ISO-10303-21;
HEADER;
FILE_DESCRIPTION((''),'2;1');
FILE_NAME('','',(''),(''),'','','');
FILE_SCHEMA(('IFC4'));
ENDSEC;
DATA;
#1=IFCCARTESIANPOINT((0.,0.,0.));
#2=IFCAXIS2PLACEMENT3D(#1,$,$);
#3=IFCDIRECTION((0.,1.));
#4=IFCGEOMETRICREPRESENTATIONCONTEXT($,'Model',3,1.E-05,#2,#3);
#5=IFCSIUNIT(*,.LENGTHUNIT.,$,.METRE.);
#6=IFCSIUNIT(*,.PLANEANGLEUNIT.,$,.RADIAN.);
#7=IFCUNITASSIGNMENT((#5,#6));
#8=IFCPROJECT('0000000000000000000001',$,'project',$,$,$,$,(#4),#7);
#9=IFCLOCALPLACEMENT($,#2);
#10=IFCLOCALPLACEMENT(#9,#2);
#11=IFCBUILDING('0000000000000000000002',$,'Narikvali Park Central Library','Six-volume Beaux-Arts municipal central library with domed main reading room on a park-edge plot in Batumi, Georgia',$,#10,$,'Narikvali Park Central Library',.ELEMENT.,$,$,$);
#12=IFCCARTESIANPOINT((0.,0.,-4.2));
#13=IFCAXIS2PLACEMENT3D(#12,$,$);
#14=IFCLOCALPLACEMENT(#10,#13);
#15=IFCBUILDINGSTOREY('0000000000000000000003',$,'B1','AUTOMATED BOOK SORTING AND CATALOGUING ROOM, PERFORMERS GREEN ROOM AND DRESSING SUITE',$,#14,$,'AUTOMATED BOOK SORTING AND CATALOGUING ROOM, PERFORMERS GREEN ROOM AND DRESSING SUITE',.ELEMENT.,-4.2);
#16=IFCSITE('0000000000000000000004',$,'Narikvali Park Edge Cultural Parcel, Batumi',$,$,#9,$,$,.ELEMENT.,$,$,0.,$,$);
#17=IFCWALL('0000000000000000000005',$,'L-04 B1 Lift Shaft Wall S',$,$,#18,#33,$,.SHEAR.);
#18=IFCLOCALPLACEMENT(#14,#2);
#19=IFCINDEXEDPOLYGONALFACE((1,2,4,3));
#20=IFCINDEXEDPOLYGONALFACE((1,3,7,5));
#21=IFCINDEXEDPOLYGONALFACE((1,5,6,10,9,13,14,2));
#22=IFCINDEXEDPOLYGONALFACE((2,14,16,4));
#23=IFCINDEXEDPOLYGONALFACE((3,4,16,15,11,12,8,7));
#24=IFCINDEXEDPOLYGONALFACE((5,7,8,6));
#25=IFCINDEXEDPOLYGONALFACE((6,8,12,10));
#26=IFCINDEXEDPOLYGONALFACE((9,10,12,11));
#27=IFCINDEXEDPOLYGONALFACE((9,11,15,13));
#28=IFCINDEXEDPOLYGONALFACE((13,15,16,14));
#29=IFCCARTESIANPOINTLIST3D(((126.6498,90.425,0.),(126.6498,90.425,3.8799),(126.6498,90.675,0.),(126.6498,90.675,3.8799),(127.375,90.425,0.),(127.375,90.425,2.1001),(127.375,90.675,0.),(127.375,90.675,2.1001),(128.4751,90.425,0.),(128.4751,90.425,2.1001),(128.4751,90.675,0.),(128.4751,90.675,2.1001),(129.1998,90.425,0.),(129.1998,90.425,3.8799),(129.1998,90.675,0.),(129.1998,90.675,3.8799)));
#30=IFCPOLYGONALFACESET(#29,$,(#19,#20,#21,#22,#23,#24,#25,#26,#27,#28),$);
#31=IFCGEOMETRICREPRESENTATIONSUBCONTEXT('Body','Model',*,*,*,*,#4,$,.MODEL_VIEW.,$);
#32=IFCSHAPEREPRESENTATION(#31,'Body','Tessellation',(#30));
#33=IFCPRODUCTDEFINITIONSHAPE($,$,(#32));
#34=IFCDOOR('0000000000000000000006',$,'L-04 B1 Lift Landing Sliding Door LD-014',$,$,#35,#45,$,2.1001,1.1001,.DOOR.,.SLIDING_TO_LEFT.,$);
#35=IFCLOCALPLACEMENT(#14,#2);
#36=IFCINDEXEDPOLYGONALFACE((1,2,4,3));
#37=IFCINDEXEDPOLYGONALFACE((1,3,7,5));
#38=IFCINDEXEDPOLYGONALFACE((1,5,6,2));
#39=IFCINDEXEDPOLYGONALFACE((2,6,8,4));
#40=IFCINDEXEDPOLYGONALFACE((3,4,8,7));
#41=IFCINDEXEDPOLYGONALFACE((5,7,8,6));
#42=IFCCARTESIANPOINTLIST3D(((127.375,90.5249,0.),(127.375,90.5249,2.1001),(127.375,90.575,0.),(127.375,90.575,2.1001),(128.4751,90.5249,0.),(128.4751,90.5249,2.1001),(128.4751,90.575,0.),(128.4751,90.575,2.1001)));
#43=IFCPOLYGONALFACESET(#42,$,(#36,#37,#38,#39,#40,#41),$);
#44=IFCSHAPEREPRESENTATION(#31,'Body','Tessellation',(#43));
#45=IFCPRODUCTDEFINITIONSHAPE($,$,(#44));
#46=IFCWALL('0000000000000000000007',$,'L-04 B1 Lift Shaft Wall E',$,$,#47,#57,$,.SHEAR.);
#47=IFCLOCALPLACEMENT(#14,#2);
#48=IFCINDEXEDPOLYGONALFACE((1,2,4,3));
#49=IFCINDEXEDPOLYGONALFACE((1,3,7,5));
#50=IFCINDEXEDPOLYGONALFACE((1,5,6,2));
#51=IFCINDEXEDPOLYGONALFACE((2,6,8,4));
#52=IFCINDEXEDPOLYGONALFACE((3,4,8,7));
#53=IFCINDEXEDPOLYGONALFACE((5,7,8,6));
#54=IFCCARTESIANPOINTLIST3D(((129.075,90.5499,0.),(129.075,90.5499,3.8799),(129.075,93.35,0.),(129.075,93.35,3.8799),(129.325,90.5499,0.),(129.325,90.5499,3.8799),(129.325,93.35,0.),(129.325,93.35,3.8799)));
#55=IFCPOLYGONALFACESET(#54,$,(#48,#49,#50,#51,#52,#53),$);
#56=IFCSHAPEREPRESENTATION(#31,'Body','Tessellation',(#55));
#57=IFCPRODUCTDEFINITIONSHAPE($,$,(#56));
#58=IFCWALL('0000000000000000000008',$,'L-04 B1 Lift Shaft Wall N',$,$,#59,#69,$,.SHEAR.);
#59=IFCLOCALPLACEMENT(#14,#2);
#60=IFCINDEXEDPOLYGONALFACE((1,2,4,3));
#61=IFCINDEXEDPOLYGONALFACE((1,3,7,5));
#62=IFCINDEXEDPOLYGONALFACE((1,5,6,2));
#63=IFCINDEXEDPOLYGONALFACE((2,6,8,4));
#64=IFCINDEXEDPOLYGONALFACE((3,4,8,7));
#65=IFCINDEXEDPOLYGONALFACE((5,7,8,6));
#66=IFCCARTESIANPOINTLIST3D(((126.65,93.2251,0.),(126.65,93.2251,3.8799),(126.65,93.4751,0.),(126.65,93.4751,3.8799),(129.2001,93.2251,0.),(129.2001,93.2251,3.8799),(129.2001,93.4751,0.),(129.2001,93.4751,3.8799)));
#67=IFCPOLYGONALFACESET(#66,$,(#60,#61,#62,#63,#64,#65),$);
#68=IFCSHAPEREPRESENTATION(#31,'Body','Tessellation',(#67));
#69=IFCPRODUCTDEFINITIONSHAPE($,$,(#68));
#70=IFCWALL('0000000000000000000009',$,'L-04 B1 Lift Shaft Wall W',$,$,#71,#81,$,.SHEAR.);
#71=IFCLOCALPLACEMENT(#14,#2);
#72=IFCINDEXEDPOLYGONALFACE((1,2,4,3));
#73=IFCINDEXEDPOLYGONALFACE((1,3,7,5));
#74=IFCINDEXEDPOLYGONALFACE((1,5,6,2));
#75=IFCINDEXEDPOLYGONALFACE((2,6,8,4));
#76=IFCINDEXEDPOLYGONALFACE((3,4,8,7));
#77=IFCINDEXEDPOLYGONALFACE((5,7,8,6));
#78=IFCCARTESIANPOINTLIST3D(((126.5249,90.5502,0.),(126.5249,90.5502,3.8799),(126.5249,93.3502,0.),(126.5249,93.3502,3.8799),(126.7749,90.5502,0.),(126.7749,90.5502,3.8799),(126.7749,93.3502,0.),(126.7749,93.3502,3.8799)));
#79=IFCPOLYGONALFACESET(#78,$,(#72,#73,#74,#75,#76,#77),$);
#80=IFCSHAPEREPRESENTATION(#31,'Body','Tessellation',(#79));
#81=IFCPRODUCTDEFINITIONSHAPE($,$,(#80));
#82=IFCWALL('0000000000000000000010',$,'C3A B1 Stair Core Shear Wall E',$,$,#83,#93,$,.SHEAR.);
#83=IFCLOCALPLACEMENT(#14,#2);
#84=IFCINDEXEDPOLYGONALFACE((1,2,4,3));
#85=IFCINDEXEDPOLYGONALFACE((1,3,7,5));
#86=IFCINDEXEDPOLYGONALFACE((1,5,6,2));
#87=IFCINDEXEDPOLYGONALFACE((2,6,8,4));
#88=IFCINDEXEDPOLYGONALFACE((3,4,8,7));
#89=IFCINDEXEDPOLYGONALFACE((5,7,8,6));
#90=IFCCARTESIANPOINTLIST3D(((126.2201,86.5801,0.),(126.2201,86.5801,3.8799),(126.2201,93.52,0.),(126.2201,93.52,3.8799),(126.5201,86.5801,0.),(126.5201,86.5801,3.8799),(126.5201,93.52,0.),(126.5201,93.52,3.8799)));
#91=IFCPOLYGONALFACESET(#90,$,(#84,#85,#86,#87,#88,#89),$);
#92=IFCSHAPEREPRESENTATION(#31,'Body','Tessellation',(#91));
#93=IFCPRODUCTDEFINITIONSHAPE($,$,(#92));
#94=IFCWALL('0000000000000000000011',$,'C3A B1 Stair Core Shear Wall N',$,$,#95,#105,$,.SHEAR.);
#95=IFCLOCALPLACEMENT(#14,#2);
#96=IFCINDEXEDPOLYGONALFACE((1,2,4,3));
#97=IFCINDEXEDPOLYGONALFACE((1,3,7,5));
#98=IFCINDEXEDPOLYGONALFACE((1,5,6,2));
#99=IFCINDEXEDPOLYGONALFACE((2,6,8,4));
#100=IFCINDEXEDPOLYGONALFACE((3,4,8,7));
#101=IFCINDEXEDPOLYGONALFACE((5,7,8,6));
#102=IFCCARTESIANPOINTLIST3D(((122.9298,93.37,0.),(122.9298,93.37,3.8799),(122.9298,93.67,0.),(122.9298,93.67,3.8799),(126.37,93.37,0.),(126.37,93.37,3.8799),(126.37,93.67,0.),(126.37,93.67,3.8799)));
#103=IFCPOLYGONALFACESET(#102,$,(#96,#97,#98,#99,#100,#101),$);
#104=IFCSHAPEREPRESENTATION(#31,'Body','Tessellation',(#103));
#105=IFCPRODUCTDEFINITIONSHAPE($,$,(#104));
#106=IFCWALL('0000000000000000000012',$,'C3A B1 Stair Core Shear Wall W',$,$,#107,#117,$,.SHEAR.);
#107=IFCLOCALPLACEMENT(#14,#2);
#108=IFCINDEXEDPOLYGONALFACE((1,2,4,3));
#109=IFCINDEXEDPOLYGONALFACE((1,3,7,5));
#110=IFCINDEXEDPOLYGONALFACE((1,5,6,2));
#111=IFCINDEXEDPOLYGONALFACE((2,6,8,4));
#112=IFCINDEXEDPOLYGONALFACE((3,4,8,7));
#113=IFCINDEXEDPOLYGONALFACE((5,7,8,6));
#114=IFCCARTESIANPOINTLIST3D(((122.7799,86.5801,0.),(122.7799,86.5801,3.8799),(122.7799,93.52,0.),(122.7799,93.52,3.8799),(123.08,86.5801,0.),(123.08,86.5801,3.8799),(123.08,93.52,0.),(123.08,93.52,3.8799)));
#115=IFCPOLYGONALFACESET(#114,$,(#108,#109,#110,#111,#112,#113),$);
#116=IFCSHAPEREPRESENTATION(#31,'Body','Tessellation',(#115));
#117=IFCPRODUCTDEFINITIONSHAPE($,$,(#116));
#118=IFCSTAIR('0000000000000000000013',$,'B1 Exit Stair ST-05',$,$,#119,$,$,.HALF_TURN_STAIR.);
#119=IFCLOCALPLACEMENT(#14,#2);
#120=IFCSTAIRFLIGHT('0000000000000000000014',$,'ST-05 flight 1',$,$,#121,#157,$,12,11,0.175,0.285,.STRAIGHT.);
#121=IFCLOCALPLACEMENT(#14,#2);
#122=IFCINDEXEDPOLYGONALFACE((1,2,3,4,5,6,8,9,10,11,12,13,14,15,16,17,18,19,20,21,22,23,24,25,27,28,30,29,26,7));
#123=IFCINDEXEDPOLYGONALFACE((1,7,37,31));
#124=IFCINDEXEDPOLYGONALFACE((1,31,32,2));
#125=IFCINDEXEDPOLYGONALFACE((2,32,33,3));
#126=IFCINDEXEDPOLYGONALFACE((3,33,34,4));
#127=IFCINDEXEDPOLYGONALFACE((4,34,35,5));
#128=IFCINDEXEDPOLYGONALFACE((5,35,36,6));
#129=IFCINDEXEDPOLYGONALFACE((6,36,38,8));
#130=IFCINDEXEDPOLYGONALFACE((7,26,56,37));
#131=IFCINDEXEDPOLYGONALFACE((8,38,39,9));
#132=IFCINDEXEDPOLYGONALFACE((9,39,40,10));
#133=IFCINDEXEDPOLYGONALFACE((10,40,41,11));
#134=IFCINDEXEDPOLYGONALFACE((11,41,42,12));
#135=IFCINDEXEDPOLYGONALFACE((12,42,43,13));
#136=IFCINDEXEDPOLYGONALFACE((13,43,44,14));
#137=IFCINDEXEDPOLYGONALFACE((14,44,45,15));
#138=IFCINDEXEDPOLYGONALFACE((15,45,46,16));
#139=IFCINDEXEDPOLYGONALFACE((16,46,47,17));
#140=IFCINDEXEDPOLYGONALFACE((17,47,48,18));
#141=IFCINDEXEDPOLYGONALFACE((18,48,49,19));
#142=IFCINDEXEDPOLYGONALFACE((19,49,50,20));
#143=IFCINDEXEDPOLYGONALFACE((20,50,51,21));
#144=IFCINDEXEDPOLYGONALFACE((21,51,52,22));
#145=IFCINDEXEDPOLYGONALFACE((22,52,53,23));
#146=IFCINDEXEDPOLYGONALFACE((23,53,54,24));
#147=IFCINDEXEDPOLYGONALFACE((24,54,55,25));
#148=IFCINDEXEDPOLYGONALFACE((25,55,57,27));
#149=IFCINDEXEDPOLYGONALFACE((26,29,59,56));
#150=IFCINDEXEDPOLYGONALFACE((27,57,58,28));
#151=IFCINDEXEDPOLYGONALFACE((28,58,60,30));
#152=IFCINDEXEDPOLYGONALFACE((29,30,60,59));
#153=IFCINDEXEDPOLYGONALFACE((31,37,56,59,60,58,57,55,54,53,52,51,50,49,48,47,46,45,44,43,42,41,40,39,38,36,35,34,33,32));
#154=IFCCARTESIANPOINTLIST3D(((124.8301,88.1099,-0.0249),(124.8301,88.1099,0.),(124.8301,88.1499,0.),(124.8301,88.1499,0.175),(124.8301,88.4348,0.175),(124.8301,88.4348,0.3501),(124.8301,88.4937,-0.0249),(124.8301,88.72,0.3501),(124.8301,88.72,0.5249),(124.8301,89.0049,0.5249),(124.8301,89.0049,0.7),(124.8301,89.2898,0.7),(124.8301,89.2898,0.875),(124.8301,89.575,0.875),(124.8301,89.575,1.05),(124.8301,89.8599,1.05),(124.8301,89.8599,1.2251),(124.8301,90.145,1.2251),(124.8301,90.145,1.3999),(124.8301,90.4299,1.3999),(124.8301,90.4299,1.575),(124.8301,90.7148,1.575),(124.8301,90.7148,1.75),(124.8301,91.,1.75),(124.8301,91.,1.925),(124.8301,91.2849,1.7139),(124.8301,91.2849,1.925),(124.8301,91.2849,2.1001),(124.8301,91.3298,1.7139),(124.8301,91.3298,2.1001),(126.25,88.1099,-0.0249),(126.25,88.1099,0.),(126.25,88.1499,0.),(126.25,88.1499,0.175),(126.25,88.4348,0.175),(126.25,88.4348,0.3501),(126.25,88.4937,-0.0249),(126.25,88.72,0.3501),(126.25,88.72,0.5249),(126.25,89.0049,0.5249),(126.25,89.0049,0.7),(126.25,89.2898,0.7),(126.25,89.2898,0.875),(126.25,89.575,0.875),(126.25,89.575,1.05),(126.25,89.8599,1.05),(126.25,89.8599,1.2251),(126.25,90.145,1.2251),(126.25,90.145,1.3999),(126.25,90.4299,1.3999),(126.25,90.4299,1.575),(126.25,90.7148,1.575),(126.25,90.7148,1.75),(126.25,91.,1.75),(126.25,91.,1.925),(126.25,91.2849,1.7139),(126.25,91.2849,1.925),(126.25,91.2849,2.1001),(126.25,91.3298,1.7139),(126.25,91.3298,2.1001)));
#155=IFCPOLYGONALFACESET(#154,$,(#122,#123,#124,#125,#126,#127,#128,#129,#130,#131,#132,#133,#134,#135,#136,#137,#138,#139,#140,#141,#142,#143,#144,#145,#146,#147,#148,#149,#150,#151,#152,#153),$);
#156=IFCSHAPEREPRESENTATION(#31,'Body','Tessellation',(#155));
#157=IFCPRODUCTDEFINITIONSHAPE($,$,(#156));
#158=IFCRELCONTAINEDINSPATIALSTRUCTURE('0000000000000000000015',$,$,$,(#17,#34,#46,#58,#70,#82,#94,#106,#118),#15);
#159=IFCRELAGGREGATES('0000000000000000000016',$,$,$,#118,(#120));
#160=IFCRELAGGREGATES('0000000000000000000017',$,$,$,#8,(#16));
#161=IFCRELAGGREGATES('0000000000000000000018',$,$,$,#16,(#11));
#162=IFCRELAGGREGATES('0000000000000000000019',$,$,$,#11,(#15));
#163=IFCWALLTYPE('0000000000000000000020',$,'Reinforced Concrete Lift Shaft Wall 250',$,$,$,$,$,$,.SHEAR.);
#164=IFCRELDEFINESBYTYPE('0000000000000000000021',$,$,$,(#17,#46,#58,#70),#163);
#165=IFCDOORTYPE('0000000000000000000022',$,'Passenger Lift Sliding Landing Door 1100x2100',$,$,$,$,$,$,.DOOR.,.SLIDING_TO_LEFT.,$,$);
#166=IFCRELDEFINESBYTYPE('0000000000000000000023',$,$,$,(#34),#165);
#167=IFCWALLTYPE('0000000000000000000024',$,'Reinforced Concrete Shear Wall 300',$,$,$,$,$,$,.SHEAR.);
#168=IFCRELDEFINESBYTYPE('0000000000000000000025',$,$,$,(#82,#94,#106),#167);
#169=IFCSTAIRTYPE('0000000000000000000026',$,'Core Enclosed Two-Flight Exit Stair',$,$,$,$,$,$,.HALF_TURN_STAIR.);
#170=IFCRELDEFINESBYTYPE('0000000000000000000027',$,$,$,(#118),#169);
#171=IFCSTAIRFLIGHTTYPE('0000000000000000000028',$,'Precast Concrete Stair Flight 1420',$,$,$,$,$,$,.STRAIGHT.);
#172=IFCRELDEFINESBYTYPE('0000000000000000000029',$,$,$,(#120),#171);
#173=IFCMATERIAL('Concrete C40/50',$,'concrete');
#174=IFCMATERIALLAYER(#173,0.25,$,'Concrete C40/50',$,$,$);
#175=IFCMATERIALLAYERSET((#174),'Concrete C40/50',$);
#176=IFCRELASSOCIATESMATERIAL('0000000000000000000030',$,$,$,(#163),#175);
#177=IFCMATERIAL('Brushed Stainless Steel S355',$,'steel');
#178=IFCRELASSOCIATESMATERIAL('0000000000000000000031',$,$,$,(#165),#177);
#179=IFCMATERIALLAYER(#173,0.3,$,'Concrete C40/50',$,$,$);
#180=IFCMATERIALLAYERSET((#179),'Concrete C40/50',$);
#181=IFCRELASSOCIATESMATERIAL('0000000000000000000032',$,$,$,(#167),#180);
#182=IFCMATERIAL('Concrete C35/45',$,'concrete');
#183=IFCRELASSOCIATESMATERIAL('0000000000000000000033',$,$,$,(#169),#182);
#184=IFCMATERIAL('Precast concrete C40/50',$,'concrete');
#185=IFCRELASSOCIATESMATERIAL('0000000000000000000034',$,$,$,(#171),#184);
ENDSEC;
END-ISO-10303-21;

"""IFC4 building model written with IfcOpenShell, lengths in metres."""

from ifc_helpers import new_model, si_unit, direction, frame, frame_2d, origin, place, context, subcontext, project, spatial, polyline, rectangle, outline, extrude, material, layer, layer_set, type_object, element, fill, aggregate, save


model = new_model("IFC4")

# Units and contexts
model_context = context("Model", 3, precision=1e-05, world=origin(), true_north=direction((0.0, 1.0)))
body_context = subcontext(model_context, "Body", "Model", "MODEL_VIEW")
ifc_project = project(units=[si_unit("LENGTHUNIT", "METRE"), si_unit("PLANEANGLEUNIT", "RADIAN")], contexts=[model_context])

# Site, building, storey
site_placement = place(None, origin())
site = spatial("IfcSite", under=ifc_project, at=site_placement, Name="Narikvali Park Edge Cultural Parcel, Batumi", CompositionType="ELEMENT", RefElevation=0.0)
building_placement = place(site_placement, origin())
building = spatial("IfcBuilding", under=site, at=building_placement, Name="Narikvali Park Central Library", Description="Six-volume Beaux-Arts municipal central library with domed main reading room on a park-edge plot in Batumi, Georgia", LongName="Narikvali Park Central Library", CompositionType="ELEMENT")
storey_placement = place(building_placement, frame((0.0, 0.0, -4.2)))
storey = spatial("IfcBuildingStorey", under=building, at=storey_placement, Name="B1", Description="AUTOMATED BOOK SORTING AND CATALOGUING ROOM, PERFORMERS GREEN ROOM AND DRESSING SUITE", LongName="AUTOMATED BOOK SORTING AND CATALOGUING ROOM, PERFORMERS GREEN ROOM AND DRESSING SUITE", CompositionType="ELEMENT", Elevation=-4.2)

# Shared definitions
ifc_material_1 = material(Name="Concrete C35/45", Category="concrete")

# Wall, opening, door
ifc_material_2 = material(Name="Concrete C40/50", Category="concrete")
ifc_layer_1 = layer(ifc_material_2, 0.25, Name="Concrete C40/50")
ifc_layer_set_1 = layer_set([ifc_layer_1], Name="Concrete C40/50")
wall_type_1 = type_object("IfcWallType", Name="Reinforced Concrete Lift Shaft Wall 250", PredefinedType="SHEAR", material=ifc_layer_set_1)
wall_1_placement = place(storey_placement, frame((126.6499, 90.55, 0.0), z_axis=(0.0, 0.0, 1.0), x_axis=(1.0, 0.0, 0.0)))
wall_1 = element("IfcWall", 1, at=wall_1_placement, inside=storey, type_object=wall_type_1, Name="L-04 B1 Lift Shaft Wall S", PredefinedType="SHEAR", context=body_context, shape_type="SweptSolid", body=[
    extrude(rectangle(XDim=2.55, YDim=0.25, at=frame_2d((1.2749, 0.0))), origin(), (0.0, 0.0, 1.0), 3.8799),
])
opening_1_placement = place(wall_1_placement, frame((0.7251, 0.0, 0.0)))
opening_1 = element("IfcOpeningElement", 2, at=opening_1_placement, cuts=wall_1, PredefinedType="OPENING", context=body_context, shape_type="SweptSolid", body=[
    extrude(rectangle(XDim=1.1001, YDim=2.1001, at=frame_2d((0.55, 1.05))), frame((0.0, 0.137, 0.0), z_axis=(0.0, -1.0, 0.0), x_axis=(1.0, 0.0, 0.0)), (0.0, 0.0, 1.0), 0.2739),
])
ifc_material_3 = material(Name="Brushed Stainless Steel S355", Category="steel")
door_type_1 = type_object("IfcDoorType", Name="Passenger Lift Sliding Landing Door 1100x2100", OperationType="SLIDING_TO_LEFT", PredefinedType="DOOR", material=ifc_material_3)
door_1_placement = place(opening_1_placement, origin())
door_1 = element("IfcDoor", 3, at=door_1_placement, inside=storey, type_object=door_type_1, Name="L-04 B1 Lift Landing Sliding Door LD-014", OperationType="SLIDING_TO_LEFT", OverallHeight=2.1001, OverallWidth=1.1001, PredefinedType="DOOR", context=body_context, shape_type="SweptSolid", body=[
    extrude(rectangle(XDim=1.1001, YDim=2.1001, at=frame_2d((0.55, 1.05))), frame((0.0, 0.0249, 0.0), z_axis=(0.0, -1.0, 0.0), x_axis=(1.0, 0.0, 0.0)), (0.0, 0.0, 1.0), 0.05),
])
fill(opening_1, door_1)

# Walls
wall_2_placement = place(storey_placement, frame((129.2, 90.55, 0.0), z_axis=(0.0, 0.0, 1.0), x_axis=(0.0, 1.0, 0.0)))
element("IfcWall", 4, at=wall_2_placement, inside=storey, type_object=wall_type_1, Name="L-04 B1 Lift Shaft Wall E", PredefinedType="SHEAR", context=body_context, shape_type="SweptSolid", body=[
    extrude(rectangle(XDim=2.8, YDim=0.25, at=frame_2d((1.3999, 0.0))), origin(), (0.0, 0.0, 1.0), 3.8799),
])
wall_3_placement = place(storey_placement, frame((129.2, 93.3501, 0.0), z_axis=(0.0, 0.0, 1.0), x_axis=(-1.0, 0.0, 0.0)))
element("IfcWall", 5, at=wall_3_placement, inside=storey, type_object=wall_type_1, Name="L-04 B1 Lift Shaft Wall N", PredefinedType="SHEAR", context=body_context, shape_type="SweptSolid", body=[
    extrude(rectangle(XDim=2.55, YDim=0.25, at=frame_2d((1.2749, 0.0))), origin(), (0.0, 0.0, 1.0), 3.8799),
])
wall_4_placement = place(storey_placement, frame((126.6499, 93.3501, 0.0), z_axis=(0.0, 0.0, 1.0), x_axis=(0.0, -1.0, 0.0)))
element("IfcWall", 6, at=wall_4_placement, inside=storey, type_object=wall_type_1, Name="L-04 B1 Lift Shaft Wall W", PredefinedType="SHEAR", context=body_context, shape_type="SweptSolid", body=[
    extrude(rectangle(XDim=2.8, YDim=0.25, at=frame_2d((1.3999, 0.0))), origin(), (0.0, 0.0, 1.0), 3.8799),
])

# Shared definitions
ifc_layer_2 = layer(ifc_material_2, 0.3, Name="Concrete C40/50")
ifc_layer_set_2 = layer_set([ifc_layer_2], Name="Concrete C40/50")
wall_type_2 = type_object("IfcWallType", Name="Reinforced Concrete Shear Wall 300", PredefinedType="SHEAR", material=ifc_layer_set_2)

# Walls
wall_5_placement = place(storey_placement, frame((126.3701, 86.5801, 0.0), z_axis=(0.0, 0.0, 1.0), x_axis=(0.0, 1.0, 0.0)))
element("IfcWall", 7, at=wall_5_placement, inside=storey, type_object=wall_type_2, Name="C3A B1 Stair Core Shear Wall E", PredefinedType="SHEAR", context=body_context, shape_type="SweptSolid", body=[
    extrude(rectangle(XDim=6.9399, YDim=0.3, at=frame_2d((3.47, 0.0))), origin(), (0.0, 0.0, 1.0), 3.8799),
])
wall_6_placement = place(storey_placement, frame((126.3701, 93.52, 0.0), z_axis=(0.0, 0.0, 1.0), x_axis=(-1.0, 0.0, 0.0)))
element("IfcWall", 8, at=wall_6_placement, inside=storey, type_object=wall_type_2, Name="C3A B1 Stair Core Shear Wall N", PredefinedType="SHEAR", context=body_context, shape_type="SweptSolid", body=[
    extrude(rectangle(XDim=3.4402, YDim=0.3, at=frame_2d((1.7202, 0.0))), origin(), (0.0, 0.0, 1.0), 3.8799),
])
wall_7_placement = place(storey_placement, frame((122.9299, 93.52, 0.0), z_axis=(0.0, 0.0, 1.0), x_axis=(0.0, -1.0, 0.0)))
element("IfcWall", 9, at=wall_7_placement, inside=storey, type_object=wall_type_2, Name="C3A B1 Stair Core Shear Wall W", PredefinedType="SHEAR", context=body_context, shape_type="SweptSolid", body=[
    extrude(rectangle(XDim=6.9399, YDim=0.3, at=frame_2d((3.47, 0.0))), origin(), (0.0, 0.0, 1.0), 3.8799),
])

# Stair, stair flight
stair_type = type_object("IfcStairType", Name="Core Enclosed Two-Flight Exit Stair", PredefinedType="HALF_TURN_STAIR", material=ifc_material_1)
stair_placement = place(storey_placement, origin())
stair = element("IfcStair", 10, at=stair_placement, inside=storey, type_object=stair_type, Name="B1 Exit Stair ST-05", PredefinedType="HALF_TURN_STAIR")
ifc_material_4 = material(Name="Precast concrete C40/50", Category="concrete")
stair_flight_type = type_object("IfcStairFlightType", Name="Precast Concrete Stair Flight 1420", PredefinedType="STRAIGHT", material=ifc_material_4)
stair_flight_1_placement = place(storey_placement, frame((125.54, 88.1499, 0.0), z_axis=(0.0, 0.0, 1.0), x_axis=(0.0, 1.0, 0.0)))
stair_flight_1 = element("IfcStairFlight", 11, at=stair_flight_1_placement, type_object=stair_flight_type, Name="ST-05 flight 1", NumberOfRisers=12, NumberOfTreads=11, PredefinedType="STRAIGHT", RiserHeight=0.175, TreadLength=0.285, context=body_context, shape_type="SweptSolid", body=[
    extrude(outline(polyline([(-0.04, -0.0249), (-0.04, 0.0), (0.0, 0.0), (0.0, 0.175), (0.2849, 0.175), (0.2849, 0.3501), (0.5701, 0.3501), (0.5701, 0.5249), (0.855, 0.5249), (0.855, 0.7), (1.1399, 0.7), (1.1399, 0.875), (1.425, 0.875), (1.425, 1.05), (1.71, 1.05), (1.71, 1.2251), (1.9951, 1.2251), (1.9951, 1.3999), (2.28, 1.3999), (2.28, 1.575), (2.5649, 1.575), (2.5649, 1.75), (2.8501, 1.75), (2.8501, 1.925), (3.135, 1.925), (3.135, 2.1001), (3.1799, 2.1001), (3.1799, 1.7139), (3.135, 1.7139), (0.3438, -0.0249), (-0.04, -0.0249)])), frame((0.0, 0.71, 0.0), z_axis=(0.0, -1.0, 0.0), x_axis=(1.0, 0.0, 0.0)), (0.0, 0.0, 1.0), 1.4199),
])
aggregate(stair, [stair_flight_1])

save(model, "model.ifc")
